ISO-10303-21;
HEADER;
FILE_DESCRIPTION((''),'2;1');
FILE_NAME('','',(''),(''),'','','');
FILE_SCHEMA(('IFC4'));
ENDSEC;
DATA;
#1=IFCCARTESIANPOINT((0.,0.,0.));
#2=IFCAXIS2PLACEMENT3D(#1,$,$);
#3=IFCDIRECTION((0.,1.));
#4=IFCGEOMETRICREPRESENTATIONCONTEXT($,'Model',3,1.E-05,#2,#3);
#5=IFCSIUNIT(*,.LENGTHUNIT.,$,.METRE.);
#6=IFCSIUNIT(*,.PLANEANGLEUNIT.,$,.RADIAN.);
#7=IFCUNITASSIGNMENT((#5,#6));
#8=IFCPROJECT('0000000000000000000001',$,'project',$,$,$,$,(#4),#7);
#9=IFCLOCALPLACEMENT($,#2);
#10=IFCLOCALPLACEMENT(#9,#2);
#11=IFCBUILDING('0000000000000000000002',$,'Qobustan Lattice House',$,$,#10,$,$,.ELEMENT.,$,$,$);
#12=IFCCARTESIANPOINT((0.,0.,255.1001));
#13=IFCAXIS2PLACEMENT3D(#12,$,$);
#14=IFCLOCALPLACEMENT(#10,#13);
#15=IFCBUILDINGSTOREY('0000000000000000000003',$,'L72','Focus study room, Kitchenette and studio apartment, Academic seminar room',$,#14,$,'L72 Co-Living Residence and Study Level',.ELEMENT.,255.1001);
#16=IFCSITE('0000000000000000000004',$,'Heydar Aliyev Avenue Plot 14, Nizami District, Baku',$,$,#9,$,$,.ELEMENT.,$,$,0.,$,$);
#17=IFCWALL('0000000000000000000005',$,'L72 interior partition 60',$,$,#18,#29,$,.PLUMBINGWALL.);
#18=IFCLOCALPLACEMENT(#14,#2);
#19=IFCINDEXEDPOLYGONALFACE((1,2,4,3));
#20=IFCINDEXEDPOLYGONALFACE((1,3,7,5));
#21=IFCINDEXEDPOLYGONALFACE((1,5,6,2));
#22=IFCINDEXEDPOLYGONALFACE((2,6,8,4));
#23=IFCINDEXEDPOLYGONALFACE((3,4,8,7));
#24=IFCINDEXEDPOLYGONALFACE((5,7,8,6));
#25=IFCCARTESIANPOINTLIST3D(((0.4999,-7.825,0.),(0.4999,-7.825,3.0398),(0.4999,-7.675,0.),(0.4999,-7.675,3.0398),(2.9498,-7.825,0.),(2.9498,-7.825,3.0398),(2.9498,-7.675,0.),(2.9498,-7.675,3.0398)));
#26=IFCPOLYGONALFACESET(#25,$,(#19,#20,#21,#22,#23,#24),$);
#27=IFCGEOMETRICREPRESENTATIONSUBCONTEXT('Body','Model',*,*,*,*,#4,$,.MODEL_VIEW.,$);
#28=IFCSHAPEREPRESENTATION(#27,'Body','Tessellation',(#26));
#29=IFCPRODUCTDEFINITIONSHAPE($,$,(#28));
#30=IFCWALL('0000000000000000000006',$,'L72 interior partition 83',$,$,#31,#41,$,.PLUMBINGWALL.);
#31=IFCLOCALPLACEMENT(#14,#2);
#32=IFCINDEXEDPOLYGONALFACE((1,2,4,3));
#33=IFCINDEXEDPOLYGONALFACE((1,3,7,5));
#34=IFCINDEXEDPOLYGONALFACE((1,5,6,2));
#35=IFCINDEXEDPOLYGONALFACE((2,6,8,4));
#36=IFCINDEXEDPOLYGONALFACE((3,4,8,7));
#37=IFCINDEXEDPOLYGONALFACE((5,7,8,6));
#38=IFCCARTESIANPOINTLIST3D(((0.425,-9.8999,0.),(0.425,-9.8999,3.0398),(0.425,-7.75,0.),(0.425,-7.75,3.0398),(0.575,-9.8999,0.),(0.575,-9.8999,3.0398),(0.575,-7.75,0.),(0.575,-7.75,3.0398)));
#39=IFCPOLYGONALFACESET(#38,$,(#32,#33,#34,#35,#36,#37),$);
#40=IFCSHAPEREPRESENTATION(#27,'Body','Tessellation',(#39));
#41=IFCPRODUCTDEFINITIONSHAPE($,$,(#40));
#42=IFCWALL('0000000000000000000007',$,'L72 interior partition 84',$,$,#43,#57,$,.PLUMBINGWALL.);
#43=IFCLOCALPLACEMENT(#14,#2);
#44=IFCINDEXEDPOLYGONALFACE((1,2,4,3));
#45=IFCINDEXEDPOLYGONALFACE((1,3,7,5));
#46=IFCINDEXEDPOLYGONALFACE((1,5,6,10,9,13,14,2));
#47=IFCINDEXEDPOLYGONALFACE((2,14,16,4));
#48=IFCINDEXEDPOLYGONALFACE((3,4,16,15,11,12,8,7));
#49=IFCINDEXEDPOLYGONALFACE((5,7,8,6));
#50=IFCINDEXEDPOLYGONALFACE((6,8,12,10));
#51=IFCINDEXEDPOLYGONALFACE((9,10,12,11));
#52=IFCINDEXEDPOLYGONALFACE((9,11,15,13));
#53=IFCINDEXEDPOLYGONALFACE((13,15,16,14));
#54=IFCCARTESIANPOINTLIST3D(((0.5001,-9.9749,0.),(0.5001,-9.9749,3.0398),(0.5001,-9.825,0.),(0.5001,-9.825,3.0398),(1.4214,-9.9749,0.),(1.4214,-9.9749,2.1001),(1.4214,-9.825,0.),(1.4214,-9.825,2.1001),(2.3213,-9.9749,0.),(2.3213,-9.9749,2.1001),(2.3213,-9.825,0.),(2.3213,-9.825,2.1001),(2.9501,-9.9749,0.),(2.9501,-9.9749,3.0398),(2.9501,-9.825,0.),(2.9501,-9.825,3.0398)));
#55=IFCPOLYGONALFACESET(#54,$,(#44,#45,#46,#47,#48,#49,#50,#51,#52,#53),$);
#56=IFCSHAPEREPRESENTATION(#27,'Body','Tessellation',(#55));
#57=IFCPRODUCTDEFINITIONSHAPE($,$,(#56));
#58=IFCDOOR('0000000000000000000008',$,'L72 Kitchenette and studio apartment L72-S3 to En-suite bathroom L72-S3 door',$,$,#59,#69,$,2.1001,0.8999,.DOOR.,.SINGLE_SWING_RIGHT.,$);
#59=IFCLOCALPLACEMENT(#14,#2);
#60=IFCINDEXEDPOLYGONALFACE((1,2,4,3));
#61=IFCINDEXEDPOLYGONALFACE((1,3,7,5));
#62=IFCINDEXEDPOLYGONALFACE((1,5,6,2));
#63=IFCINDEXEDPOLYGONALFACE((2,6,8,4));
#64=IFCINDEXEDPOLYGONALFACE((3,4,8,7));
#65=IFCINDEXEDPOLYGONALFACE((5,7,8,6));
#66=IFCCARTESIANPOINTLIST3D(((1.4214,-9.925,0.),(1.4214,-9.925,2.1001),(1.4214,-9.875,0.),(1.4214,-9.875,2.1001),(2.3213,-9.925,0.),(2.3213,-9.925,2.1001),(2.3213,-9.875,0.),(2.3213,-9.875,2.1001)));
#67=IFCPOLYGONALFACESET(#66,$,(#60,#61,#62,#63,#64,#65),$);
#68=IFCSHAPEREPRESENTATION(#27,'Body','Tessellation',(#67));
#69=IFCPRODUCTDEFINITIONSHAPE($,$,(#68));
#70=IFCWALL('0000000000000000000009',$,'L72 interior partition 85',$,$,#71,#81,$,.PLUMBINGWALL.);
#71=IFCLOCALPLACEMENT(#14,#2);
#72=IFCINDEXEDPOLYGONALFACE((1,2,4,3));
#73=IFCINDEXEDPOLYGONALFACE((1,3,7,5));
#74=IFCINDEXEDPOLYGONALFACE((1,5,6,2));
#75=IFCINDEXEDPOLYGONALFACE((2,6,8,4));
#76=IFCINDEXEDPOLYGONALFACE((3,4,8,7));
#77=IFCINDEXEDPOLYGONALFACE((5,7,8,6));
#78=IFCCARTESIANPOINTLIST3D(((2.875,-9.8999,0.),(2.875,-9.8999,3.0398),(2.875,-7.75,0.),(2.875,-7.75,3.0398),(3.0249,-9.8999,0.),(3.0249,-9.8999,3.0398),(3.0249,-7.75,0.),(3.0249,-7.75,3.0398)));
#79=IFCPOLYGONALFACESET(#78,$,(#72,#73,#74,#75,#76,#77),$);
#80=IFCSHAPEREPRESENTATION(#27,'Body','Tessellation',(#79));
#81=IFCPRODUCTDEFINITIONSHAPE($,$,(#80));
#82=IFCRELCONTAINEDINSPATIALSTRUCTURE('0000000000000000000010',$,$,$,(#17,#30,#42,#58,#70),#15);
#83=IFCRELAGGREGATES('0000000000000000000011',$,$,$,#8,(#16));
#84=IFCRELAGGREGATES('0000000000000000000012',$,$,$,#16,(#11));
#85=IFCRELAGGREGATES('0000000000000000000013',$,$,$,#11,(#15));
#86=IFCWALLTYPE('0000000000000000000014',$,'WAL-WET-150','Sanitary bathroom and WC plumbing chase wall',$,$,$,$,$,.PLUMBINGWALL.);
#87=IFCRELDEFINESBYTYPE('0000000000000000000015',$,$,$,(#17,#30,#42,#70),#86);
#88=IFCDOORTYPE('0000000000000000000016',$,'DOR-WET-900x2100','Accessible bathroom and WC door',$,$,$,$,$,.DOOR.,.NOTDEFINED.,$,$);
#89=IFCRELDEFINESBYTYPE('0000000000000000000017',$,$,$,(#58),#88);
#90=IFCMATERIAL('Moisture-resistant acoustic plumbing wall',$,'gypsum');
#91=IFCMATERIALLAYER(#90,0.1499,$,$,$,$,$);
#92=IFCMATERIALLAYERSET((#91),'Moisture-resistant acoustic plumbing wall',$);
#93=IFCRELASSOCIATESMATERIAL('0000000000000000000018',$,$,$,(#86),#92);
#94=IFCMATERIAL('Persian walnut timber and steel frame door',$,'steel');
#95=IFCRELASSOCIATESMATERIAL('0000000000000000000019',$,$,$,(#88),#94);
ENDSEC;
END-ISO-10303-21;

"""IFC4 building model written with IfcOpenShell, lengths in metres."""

from ifc_helpers import new_model, si_unit, direction, frame, frame_2d, origin, place, context, subcontext, project, spatial, rectangle, extrude, material, layer, layer_set, type_object, element, fill, save


model = new_model("IFC4")

# Units and contexts
model_context = context("Model", 3, precision=1e-05, world=origin(), true_north=direction((0.0, 1.0)))
body_context = subcontext(model_context, "Body", "Model", "MODEL_VIEW")
ifc_project = project(units=[si_unit("LENGTHUNIT", "METRE"), si_unit("PLANEANGLEUNIT", "RADIAN")], contexts=[model_context])

# Site, building, storey
site_placement = place(None, origin())
site = spatial("IfcSite", under=ifc_project, at=site_placement, Name="Heydar Aliyev Avenue Plot 14, Nizami District, Baku", CompositionType="ELEMENT", RefElevation=0.0)
building_placement = place(site_placement, origin())
building = spatial("IfcBuilding", under=site, at=building_placement, Name="Qobustan Lattice House", CompositionType="ELEMENT")
storey_placement = place(building_placement, frame((0.0, 0.0, 255.1001)))
storey = spatial("IfcBuildingStorey", under=building, at=storey_placement, Name="L72", Description="Focus study room, Kitchenette and studio apartment, Academic seminar room", LongName="L72 Co-Living Residence and Study Level", CompositionType="ELEMENT", Elevation=255.1001)

# Walls
ifc_material_1 = material(Name="Moisture-resistant acoustic plumbing wall", Category="gypsum")
ifc_layer_1 = layer(ifc_material_1, 0.1499)
ifc_layer_set_1 = layer_set([ifc_layer_1], Name="Moisture-resistant acoustic plumbing wall")
wall_type_1 = type_object("IfcWallType", Name="WAL-WET-150", Description="Sanitary bathroom and WC plumbing chase wall", PredefinedType="PLUMBINGWALL", material=ifc_layer_set_1)
wall_1_placement = place(storey_placement, frame((2.95, -7.75, 0.0), z_axis=(0.0, 0.0, 1.0), x_axis=(-1.0, 0.0, 0.0)))
element("IfcWall", 1, at=wall_1_placement, inside=storey, type_object=wall_type_1, Name="L72 interior partition 60", PredefinedType="PLUMBINGWALL", context=body_context, shape_type="SweptSolid", body=[
    extrude(rectangle(XDim=2.45, YDim=0.1499, at=frame_2d((1.2251, 0.0))), origin(), (0.0, 0.0, 1.0), 3.0398),
])
wall_2_placement = place(storey_placement, frame((0.5, -7.75, 0.0), z_axis=(0.0, 0.0, 1.0), x_axis=(0.0, -1.0, 0.0)))
element("IfcWall", 2, at=wall_2_placement, inside=storey, type_object=wall_type_1, Name="L72 interior partition 83", PredefinedType="PLUMBINGWALL", context=body_context, shape_type="SweptSolid", body=[
    extrude(rectangle(XDim=2.1499, YDim=0.1499, at=frame_2d((1.075, 0.0))), origin(), (0.0, 0.0, 1.0), 3.0398),
])

# Wall, opening, door
wall_3_placement = place(storey_placement, frame((0.5, -9.8999, 0.0), z_axis=(0.0, 0.0, 1.0), x_axis=(1.0, 0.0, 0.0)))
wall_3 = element("IfcWall", 3, at=wall_3_placement, inside=storey, type_object=wall_type_1, Name="L72 interior partition 84", PredefinedType="PLUMBINGWALL", context=body_context, shape_type="SweptSolid", body=[
    extrude(rectangle(XDim=2.45, YDim=0.1499, at=frame_2d((1.2251, 0.0))), origin(), (0.0, 0.0, 1.0), 3.0398),
])
opening_1_placement = place(wall_3_placement, frame((0.9214, 0.0, 0.0)))
opening_1 = element("IfcOpeningElement", 4, at=opening_1_placement, cuts=wall_3, PredefinedType="OPENING", context=body_context, shape_type="SweptSolid", body=[
    extrude(rectangle(XDim=0.8999, YDim=2.1001, at=frame_2d((0.45, 1.05))), frame((0.0, 0.085, 0.0), z_axis=(0.0, -1.0, 0.0), x_axis=(1.0, 0.0, 0.0)), (0.0, 0.0, 1.0), 0.1699),
])
ifc_material_2 = material(Name="Persian walnut timber and steel frame door", Category="steel")
door_type_1 = type_object("IfcDoorType", Name="DOR-WET-900x2100", Description="Accessible bathroom and WC door", OperationType="NOTDEFINED", PredefinedType="DOOR", material=ifc_material_2)
door_1_placement = place(opening_1_placement, origin())
door_1 = element("IfcDoor", 5, at=door_1_placement, inside=storey, type_object=door_type_1, Name="L72 Kitchenette and studio apartment L72-S3 to En-suite bathroom L72-S3 door", OperationType="SINGLE_SWING_RIGHT", OverallHeight=2.1001, OverallWidth=0.8999, PredefinedType="DOOR", context=body_context, shape_type="SweptSolid", body=[
    extrude(rectangle(XDim=0.8999, YDim=2.1001, at=frame_2d((0.45, 1.05))), frame((0.0, 0.0249, 0.0), z_axis=(0.0, -1.0, 0.0), x_axis=(1.0, 0.0, 0.0)), (0.0, 0.0, 1.0), 0.05),
])
fill(opening_1, door_1)

# Wall
wall_4_placement = place(storey_placement, frame((2.95, -9.8999, 0.0), z_axis=(0.0, 0.0, 1.0), x_axis=(0.0, 1.0, 0.0)))
element("IfcWall", 6, at=wall_4_placement, inside=storey, type_object=wall_type_1, Name="L72 interior partition 85", PredefinedType="PLUMBINGWALL", context=body_context, shape_type="SweptSolid", body=[
    extrude(rectangle(XDim=2.1499, YDim=0.1499, at=frame_2d((1.075, 0.0))), origin(), (0.0, 0.0, 1.0), 3.0398),
])

save(model, "model.ifc")
